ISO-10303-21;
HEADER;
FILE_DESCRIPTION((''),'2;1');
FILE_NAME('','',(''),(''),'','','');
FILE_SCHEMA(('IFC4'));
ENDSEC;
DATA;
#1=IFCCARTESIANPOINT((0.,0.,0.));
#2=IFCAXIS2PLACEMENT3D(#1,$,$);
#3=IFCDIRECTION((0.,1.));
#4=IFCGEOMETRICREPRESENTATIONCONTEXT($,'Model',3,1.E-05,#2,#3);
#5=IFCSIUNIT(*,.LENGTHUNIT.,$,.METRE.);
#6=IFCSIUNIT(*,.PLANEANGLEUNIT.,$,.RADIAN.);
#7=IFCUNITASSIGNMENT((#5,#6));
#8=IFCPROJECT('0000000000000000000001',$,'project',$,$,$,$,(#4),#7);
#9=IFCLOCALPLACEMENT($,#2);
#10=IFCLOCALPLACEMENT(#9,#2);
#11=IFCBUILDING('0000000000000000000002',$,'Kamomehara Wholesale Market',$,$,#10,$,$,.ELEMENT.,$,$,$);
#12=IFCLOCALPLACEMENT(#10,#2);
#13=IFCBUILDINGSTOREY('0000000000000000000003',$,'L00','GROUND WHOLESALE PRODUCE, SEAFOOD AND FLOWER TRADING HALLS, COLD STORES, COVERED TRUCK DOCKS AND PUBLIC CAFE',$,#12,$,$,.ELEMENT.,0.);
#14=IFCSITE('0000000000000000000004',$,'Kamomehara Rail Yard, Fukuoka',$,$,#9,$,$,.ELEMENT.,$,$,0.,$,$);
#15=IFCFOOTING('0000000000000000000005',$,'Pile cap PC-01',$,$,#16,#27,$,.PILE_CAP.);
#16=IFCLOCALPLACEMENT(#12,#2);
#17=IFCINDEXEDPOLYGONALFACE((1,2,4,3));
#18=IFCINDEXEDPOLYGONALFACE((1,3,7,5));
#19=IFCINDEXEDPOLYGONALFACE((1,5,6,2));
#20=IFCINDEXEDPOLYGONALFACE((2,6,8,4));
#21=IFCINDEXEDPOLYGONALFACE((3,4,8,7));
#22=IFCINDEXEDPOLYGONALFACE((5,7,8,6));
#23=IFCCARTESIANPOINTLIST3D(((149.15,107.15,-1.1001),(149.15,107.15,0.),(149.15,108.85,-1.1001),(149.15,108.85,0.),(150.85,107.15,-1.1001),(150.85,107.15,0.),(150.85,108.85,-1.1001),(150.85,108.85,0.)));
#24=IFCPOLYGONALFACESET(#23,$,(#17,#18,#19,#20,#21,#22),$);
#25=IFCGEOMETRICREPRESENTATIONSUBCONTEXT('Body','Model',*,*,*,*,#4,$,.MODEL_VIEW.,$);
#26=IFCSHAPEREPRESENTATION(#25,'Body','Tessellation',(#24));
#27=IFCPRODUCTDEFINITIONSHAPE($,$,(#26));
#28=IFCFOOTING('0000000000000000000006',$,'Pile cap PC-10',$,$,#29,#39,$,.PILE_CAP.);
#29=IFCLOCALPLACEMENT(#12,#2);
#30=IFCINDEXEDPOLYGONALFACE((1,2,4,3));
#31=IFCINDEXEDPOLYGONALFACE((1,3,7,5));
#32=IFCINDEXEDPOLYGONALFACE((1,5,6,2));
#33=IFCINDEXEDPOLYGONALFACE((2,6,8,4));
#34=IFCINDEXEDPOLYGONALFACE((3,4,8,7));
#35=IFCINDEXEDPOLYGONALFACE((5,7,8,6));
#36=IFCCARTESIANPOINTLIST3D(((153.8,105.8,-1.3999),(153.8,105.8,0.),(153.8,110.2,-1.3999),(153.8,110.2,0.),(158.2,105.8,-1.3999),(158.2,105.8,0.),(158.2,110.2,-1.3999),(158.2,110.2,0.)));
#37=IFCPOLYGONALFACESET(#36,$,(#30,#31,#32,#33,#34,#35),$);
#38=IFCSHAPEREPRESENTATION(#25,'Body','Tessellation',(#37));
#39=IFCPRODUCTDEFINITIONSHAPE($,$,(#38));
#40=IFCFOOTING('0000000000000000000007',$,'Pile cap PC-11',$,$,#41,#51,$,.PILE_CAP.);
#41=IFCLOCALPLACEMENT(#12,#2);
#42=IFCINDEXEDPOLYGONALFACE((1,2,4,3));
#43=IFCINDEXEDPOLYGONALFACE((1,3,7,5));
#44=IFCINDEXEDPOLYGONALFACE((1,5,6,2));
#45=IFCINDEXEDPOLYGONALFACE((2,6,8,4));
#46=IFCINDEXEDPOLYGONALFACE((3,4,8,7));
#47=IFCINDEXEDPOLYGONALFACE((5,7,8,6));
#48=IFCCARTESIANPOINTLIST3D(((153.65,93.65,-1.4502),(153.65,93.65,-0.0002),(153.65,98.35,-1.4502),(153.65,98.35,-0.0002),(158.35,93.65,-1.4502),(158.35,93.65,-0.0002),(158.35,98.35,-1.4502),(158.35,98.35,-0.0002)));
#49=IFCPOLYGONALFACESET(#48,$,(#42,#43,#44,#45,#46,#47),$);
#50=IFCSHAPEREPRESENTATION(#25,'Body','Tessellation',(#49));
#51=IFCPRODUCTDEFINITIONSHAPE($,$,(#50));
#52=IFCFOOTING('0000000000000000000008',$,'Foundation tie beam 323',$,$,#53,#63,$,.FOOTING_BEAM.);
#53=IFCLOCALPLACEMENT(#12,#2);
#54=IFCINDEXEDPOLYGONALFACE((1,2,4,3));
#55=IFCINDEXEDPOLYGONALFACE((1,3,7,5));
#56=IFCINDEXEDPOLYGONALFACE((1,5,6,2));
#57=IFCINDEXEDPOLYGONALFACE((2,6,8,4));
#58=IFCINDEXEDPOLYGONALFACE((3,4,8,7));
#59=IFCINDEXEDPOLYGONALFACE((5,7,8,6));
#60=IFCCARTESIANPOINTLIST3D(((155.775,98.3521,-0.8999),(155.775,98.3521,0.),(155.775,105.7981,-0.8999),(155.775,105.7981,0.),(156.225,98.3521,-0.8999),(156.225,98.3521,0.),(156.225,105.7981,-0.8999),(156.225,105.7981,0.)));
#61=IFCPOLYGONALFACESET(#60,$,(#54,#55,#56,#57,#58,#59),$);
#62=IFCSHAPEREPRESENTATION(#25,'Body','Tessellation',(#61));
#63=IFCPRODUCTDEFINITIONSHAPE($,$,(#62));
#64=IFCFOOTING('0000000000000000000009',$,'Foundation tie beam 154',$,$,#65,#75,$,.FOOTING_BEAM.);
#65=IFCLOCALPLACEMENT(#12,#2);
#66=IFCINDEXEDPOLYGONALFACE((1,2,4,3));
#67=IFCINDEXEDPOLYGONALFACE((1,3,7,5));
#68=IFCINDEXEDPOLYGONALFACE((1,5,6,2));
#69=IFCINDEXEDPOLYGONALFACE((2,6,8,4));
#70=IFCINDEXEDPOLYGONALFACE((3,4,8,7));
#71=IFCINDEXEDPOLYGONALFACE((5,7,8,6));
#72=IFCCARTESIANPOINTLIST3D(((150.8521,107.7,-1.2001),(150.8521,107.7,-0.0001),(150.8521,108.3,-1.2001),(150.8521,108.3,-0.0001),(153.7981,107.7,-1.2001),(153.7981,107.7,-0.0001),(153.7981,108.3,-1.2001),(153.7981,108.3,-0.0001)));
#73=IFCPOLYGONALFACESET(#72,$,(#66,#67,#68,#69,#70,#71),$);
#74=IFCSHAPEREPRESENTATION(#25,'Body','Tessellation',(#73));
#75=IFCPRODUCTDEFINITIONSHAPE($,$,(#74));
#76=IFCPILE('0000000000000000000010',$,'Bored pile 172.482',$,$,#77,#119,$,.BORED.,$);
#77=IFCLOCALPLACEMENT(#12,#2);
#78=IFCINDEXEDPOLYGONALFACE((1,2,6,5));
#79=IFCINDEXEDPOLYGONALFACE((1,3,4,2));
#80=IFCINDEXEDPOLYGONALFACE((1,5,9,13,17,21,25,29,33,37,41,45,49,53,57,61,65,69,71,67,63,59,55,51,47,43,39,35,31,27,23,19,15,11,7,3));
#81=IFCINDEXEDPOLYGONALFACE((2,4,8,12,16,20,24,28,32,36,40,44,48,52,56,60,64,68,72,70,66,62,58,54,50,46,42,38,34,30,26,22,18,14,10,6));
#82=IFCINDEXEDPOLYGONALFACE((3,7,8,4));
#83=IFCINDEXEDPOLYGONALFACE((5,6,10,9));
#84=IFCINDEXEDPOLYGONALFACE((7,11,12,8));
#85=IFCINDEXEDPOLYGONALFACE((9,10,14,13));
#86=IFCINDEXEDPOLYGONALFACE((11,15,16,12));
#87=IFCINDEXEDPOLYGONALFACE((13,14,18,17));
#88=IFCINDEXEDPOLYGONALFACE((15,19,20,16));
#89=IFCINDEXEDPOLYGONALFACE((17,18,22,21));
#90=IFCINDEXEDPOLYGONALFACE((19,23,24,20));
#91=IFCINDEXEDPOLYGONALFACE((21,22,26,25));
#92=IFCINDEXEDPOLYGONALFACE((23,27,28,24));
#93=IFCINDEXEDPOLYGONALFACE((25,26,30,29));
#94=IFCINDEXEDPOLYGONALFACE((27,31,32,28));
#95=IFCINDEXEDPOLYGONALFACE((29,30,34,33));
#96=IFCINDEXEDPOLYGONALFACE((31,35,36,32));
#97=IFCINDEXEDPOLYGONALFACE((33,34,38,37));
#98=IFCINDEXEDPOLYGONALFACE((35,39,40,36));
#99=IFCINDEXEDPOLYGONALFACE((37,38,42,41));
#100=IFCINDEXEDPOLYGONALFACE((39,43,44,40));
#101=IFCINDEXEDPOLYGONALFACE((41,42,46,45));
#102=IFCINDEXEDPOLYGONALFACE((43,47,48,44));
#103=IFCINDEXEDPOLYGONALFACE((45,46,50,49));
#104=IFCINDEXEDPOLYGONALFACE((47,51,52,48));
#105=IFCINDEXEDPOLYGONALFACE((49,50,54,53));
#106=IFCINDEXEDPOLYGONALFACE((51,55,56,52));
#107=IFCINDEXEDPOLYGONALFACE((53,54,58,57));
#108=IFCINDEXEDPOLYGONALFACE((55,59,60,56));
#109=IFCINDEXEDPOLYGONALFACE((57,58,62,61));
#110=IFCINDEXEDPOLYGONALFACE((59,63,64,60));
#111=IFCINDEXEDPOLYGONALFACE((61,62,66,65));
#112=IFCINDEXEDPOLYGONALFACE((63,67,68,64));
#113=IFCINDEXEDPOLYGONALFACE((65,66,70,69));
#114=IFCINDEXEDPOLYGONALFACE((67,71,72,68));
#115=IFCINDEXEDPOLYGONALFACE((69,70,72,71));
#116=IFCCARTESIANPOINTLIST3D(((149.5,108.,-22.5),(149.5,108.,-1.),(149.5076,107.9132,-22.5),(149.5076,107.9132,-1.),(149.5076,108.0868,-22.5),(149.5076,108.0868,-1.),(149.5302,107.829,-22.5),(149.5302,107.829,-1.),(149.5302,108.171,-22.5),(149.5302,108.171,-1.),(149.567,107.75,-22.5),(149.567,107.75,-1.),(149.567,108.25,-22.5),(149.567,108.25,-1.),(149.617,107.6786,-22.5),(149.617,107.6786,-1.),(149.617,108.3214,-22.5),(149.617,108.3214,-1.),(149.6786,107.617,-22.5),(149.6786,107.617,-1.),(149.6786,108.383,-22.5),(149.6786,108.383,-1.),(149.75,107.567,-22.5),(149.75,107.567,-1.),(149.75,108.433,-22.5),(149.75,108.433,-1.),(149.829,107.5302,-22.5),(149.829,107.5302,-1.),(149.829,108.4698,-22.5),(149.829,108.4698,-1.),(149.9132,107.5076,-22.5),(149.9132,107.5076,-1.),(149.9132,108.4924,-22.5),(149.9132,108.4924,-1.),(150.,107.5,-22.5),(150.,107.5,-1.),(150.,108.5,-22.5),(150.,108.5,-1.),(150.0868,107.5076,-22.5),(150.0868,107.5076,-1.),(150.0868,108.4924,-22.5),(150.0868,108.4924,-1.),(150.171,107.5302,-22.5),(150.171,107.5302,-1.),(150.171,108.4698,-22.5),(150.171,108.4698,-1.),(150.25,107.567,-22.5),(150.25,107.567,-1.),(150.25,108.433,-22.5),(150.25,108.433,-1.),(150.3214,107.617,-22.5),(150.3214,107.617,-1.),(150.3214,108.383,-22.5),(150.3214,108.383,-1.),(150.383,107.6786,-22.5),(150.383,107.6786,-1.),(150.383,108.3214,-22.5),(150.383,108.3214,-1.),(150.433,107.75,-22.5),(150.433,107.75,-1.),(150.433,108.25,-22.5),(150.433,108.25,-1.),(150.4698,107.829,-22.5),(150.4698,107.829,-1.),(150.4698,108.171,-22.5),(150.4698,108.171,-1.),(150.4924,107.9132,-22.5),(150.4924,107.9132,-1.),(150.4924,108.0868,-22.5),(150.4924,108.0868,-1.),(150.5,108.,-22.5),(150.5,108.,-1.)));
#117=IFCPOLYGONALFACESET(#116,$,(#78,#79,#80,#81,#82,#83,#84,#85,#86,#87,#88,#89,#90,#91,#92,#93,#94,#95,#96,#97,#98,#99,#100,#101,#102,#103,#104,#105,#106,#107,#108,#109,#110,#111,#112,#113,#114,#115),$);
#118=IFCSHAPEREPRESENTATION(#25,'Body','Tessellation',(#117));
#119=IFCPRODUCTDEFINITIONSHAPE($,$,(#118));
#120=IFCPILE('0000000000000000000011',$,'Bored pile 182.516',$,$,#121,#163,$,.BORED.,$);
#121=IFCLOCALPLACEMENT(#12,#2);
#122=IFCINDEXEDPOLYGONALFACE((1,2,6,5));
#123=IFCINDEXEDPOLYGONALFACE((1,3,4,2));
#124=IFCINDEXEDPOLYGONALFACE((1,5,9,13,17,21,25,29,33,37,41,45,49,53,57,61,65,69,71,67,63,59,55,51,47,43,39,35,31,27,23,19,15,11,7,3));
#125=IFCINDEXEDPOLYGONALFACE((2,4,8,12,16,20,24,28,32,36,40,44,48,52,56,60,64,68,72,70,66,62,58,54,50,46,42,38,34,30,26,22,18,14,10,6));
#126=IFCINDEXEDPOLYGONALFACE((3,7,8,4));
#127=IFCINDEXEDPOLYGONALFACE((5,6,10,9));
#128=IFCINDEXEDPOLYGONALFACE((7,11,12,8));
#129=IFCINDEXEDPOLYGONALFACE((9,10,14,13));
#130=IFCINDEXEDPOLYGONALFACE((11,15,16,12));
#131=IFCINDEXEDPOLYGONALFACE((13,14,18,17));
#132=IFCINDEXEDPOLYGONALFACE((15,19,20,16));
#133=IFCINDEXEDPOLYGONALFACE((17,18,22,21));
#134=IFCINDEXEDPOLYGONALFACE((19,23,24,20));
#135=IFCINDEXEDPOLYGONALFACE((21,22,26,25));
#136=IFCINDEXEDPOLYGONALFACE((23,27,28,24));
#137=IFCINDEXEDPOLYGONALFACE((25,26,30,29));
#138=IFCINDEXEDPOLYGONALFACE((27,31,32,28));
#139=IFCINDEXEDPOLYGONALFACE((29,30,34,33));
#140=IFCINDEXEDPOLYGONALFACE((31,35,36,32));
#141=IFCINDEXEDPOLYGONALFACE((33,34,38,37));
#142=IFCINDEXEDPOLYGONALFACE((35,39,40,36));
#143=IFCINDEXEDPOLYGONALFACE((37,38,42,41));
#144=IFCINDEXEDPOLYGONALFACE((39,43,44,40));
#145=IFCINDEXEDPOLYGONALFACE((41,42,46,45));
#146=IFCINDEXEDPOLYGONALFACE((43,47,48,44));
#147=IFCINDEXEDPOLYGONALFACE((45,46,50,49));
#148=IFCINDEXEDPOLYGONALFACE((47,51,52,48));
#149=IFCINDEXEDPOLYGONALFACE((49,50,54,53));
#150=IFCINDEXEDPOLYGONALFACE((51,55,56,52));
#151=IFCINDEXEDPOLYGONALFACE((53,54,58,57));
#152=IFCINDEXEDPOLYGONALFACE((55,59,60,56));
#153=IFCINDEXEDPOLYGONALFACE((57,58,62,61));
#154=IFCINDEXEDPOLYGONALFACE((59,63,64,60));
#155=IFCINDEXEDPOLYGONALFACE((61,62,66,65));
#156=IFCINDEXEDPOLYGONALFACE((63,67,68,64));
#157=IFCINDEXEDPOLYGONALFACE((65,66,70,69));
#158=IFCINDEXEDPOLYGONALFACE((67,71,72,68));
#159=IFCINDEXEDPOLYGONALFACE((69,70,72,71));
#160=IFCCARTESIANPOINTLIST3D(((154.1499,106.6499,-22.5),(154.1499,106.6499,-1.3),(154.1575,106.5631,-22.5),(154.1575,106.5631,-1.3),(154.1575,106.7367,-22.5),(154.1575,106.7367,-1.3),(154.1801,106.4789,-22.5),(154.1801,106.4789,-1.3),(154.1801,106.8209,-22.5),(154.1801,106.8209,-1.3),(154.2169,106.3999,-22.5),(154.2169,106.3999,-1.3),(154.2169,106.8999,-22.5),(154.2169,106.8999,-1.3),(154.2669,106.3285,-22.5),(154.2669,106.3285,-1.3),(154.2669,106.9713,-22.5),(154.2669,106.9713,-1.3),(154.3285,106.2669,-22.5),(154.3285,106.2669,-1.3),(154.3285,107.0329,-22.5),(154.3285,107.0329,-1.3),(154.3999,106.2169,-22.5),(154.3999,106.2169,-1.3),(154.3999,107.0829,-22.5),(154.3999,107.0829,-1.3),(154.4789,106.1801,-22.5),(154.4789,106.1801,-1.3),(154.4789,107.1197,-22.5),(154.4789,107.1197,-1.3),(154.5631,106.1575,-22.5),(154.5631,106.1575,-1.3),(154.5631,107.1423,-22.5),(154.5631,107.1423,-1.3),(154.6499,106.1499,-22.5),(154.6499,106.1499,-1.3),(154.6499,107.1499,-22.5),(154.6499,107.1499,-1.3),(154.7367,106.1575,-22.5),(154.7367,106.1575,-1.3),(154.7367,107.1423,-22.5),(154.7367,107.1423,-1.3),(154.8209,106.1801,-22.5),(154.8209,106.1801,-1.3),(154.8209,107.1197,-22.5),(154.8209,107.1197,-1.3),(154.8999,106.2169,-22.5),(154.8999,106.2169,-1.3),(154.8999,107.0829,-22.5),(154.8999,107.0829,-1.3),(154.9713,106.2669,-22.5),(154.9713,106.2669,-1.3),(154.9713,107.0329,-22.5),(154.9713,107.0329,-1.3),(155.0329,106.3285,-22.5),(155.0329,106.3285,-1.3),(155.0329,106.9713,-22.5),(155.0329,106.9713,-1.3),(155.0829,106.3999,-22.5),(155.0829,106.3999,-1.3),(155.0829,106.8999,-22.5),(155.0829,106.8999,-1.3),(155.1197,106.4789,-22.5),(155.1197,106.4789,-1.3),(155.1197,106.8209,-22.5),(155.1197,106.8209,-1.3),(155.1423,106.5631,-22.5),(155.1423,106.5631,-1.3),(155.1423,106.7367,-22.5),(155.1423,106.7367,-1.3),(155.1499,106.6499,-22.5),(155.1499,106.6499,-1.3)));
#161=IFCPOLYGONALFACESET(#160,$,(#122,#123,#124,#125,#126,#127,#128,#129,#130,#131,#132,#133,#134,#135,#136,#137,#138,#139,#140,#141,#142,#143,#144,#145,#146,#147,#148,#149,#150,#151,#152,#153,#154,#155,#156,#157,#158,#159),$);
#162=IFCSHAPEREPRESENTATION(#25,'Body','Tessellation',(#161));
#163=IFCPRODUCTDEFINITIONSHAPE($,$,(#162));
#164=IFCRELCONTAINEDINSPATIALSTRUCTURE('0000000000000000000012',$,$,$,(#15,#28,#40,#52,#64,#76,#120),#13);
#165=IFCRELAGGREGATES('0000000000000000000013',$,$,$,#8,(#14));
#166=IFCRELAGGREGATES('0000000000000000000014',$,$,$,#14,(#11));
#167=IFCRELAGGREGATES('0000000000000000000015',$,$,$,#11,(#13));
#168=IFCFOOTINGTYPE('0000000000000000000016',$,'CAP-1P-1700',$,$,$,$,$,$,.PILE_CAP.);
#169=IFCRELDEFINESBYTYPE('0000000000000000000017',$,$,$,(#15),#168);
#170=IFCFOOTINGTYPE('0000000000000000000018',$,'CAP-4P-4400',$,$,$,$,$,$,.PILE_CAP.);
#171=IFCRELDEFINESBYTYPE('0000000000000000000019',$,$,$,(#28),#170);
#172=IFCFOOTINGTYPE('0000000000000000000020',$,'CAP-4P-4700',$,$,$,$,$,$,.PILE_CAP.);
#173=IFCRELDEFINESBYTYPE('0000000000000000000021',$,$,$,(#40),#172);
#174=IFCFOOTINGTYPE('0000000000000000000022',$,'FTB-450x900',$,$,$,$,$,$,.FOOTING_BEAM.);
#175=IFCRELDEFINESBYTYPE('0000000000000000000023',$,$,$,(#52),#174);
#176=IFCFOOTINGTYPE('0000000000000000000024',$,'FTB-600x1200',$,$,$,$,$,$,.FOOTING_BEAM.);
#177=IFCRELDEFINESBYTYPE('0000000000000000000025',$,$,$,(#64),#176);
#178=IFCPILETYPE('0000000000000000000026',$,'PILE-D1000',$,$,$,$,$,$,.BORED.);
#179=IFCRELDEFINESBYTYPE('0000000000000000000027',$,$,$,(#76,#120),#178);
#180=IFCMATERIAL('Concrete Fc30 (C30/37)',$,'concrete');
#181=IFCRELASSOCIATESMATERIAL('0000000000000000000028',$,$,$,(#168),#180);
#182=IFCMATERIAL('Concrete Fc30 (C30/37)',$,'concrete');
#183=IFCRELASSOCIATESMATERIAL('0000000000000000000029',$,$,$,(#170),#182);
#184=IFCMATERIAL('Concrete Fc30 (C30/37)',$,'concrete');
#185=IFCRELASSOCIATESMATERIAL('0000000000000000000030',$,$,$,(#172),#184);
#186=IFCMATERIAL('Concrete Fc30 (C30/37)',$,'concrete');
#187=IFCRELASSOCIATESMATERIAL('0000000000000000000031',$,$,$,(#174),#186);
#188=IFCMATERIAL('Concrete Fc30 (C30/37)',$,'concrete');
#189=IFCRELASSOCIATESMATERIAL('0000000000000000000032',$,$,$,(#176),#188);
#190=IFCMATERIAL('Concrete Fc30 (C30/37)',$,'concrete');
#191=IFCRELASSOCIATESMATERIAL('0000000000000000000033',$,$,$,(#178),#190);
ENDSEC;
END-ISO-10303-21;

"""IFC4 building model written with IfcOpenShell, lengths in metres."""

from ifc_helpers import new_model, si_unit, direction, frame, origin, origin_2d, place, context, subcontext, project, spatial, rectangle, circle, extrude, material, material_profile, profile_set, type_object, element, save


model = new_model("IFC4")

# Units and contexts
model_context = context("Model", 3, precision=1e-05, world=origin(), true_north=direction((0.0, 1.0)))
body_context = subcontext(model_context, "Body", "Model", "MODEL_VIEW")
ifc_project = project(units=[si_unit("LENGTHUNIT", "METRE"), si_unit("PLANEANGLEUNIT", "RADIAN")], contexts=[model_context])

# Site, building, storey
site_placement = place(None, origin())
site = spatial("IfcSite", under=ifc_project, at=site_placement, Name="Kamomehara Rail Yard, Fukuoka", CompositionType="ELEMENT", RefElevation=0.0)
building_placement = place(site_placement, origin())
building = spatial("IfcBuilding", under=site, at=building_placement, Name="Kamomehara Wholesale Market", CompositionType="ELEMENT")
storey_placement = place(building_placement, origin())
storey = spatial("IfcBuildingStorey", under=building, at=storey_placement, Name="L00", Description="GROUND WHOLESALE PRODUCE, SEAFOOD AND FLOWER TRADING HALLS, COLD STORES, COVERED TRUCK DOCKS AND PUBLIC CAFE", CompositionType="ELEMENT", Elevation=0.0)

# Footings
ifc_material_1 = material(Name="Concrete Fc30 (C30/37)", Category="concrete")
footing_type_1 = type_object("IfcFootingType", Name="CAP-1P-1700", PredefinedType="PILE_CAP", material=ifc_material_1)
footing_1_placement = place(storey_placement, frame((150.0, 108.0, -1.1001), z_axis=(0.0, 0.0, 1.0), x_axis=(1.0, 0.0, 0.0)))
element("IfcFooting", 1, at=footing_1_placement, inside=storey, type_object=footing_type_1, Name="Pile cap PC-01", PredefinedType="PILE_CAP", context=body_context, shape_type="SweptSolid", body=[
    extrude(rectangle(XDim=1.7, YDim=1.7, at=origin_2d()), origin(), (0.0, 0.0, 1.0), 1.1001),
])
ifc_material_2 = material(Name="Concrete Fc30 (C30/37)", Category="concrete")
footing_type_2 = type_object("IfcFootingType", Name="CAP-4P-4400", PredefinedType="PILE_CAP", material=ifc_material_2)
footing_2_placement = place(storey_placement, frame((156.0, 108.0, -1.3999), z_axis=(0.0, 0.0, 1.0), x_axis=(1.0, 0.0, 0.0)))
element("IfcFooting", 2, at=footing_2_placement, inside=storey, type_object=footing_type_2, Name="Pile cap PC-10", PredefinedType="PILE_CAP", context=body_context, shape_type="SweptSolid", body=[
    extrude(rectangle(XDim=4.3999, YDim=4.3999, at=origin_2d()), origin(), (0.0, 0.0, 1.0), 1.3999),
])
ifc_material_3 = material(Name="Concrete Fc30 (C30/37)", Category="concrete")
footing_type_3 = type_object("IfcFootingType", Name="CAP-4P-4700", PredefinedType="PILE_CAP", material=ifc_material_3)
footing_3_placement = place(storey_placement, frame((156.0, 96.0, -1.4502), z_axis=(0.0, 0.0, 1.0), x_axis=(1.0, 0.0, 0.0)))
element("IfcFooting", 3, at=footing_3_placement, inside=storey, type_object=footing_type_3, Name="Pile cap PC-11", PredefinedType="PILE_CAP", context=body_context, shape_type="SweptSolid", body=[
    extrude(rectangle(XDim=4.7, YDim=4.7, at=origin_2d()), origin(), (0.0, 0.0, 1.0), 1.45),
])
ifc_material_4 = material(Name="Concrete Fc30 (C30/37)", Category="concrete")
ifc_material_profile_1 = material_profile(ifc_material_4, rectangle(XDim=0.45, YDim=0.8999, at=origin_2d()), Name="RC-FTB-450x900")
ifc_profile_set_1 = profile_set([ifc_material_profile_1], Name="Concrete Fc30 (C30/37)")
footing_type_4 = type_object("IfcFootingType", Name="FTB-450x900", PredefinedType="FOOTING_BEAM", material=ifc_profile_set_1)
footing_4_placement = place(storey_placement, frame((156.0, 98.3521, -0.45), z_axis=(0.0, 1.0, 0.0), x_axis=(-1.0, 0.0, 0.0)))
element("IfcFooting", 4, at=footing_4_placement, inside=storey, type_object=footing_type_4, Name="Foundation tie beam 323", PredefinedType="FOOTING_BEAM", context=body_context, shape_type="SweptSolid", body=[
    extrude(rectangle(XDim=0.45, YDim=0.8999, at=origin_2d()), origin(), (0.0, 0.0, 1.0), 7.446),
])
ifc_material_5 = material(Name="Concrete Fc30 (C30/37)", Category="concrete")
ifc_material_profile_2 = material_profile(ifc_material_5, rectangle(XDim=0.6001, YDim=1.2, at=origin_2d()), Name="RC-FTB-600x1200")
ifc_profile_set_2 = profile_set([ifc_material_profile_2], Name="Concrete Fc30 (C30/37)")
footing_type_5 = type_object("IfcFootingType", Name="FTB-600x1200", PredefinedType="FOOTING_BEAM", material=ifc_profile_set_2)
footing_5_placement = place(storey_placement, frame((150.8521, 108.0, -0.6001), z_axis=(1.0, 0.0, 0.0), x_axis=(0.0, 1.0, 0.0)))
element("IfcFooting", 5, at=footing_5_placement, inside=storey, type_object=footing_type_5, Name="Foundation tie beam 154", PredefinedType="FOOTING_BEAM", context=body_context, shape_type="SweptSolid", body=[
    extrude(rectangle(XDim=0.6001, YDim=1.2, at=origin_2d()), origin(), (0.0, 0.0, 1.0), 2.946),
])

# Piles
ifc_material_6 = material(Name="Concrete Fc30 (C30/37)", Category="concrete")
ifc_material_profile_3 = material_profile(ifc_material_6, circle(Radius=0.5, at=origin_2d()), Name="RC-PILE-D1000")
ifc_profile_set_3 = profile_set([ifc_material_profile_3], Name="Concrete Fc30 (C30/37)")
pile_type_1 = type_object("IfcPileType", Name="PILE-D1000", PredefinedType="BORED", material=ifc_profile_set_3)
pile_1_placement = place(storey_placement, frame((150.0, 108.0, -1.0), z_axis=(0.0, 0.0, -1.0), x_axis=(1.0, 0.0, 0.0)))
element("IfcPile", 6, at=pile_1_placement, inside=storey, type_object=pile_type_1, Name="Bored pile 172.482", PredefinedType="BORED", context=body_context, shape_type="SweptSolid", body=[
    extrude(circle(Radius=0.5, at=origin_2d()), origin(), (0.0, 0.0, 1.0), 21.5),
])
for number, where, z_axis, x_axis, name in (
    (7, (154.6499, 106.6499, -1.3), (0.0, 0.0, -1.0), (1.0, 0.0, 0.0), "Bored pile 182.516"),
):
    element("IfcPile", number, at=place(storey_placement, frame(where, z_axis=z_axis, x_axis=x_axis)), inside=storey, type_object=pile_type_1, Name=name, PredefinedType="BORED", context=body_context, shape_type="SweptSolid", body=[
        extrude(circle(Radius=0.5, at=origin_2d()), origin(), (0.0, 0.0, 1.0), 21.2),
    ])

save(model, "model.ifc")
